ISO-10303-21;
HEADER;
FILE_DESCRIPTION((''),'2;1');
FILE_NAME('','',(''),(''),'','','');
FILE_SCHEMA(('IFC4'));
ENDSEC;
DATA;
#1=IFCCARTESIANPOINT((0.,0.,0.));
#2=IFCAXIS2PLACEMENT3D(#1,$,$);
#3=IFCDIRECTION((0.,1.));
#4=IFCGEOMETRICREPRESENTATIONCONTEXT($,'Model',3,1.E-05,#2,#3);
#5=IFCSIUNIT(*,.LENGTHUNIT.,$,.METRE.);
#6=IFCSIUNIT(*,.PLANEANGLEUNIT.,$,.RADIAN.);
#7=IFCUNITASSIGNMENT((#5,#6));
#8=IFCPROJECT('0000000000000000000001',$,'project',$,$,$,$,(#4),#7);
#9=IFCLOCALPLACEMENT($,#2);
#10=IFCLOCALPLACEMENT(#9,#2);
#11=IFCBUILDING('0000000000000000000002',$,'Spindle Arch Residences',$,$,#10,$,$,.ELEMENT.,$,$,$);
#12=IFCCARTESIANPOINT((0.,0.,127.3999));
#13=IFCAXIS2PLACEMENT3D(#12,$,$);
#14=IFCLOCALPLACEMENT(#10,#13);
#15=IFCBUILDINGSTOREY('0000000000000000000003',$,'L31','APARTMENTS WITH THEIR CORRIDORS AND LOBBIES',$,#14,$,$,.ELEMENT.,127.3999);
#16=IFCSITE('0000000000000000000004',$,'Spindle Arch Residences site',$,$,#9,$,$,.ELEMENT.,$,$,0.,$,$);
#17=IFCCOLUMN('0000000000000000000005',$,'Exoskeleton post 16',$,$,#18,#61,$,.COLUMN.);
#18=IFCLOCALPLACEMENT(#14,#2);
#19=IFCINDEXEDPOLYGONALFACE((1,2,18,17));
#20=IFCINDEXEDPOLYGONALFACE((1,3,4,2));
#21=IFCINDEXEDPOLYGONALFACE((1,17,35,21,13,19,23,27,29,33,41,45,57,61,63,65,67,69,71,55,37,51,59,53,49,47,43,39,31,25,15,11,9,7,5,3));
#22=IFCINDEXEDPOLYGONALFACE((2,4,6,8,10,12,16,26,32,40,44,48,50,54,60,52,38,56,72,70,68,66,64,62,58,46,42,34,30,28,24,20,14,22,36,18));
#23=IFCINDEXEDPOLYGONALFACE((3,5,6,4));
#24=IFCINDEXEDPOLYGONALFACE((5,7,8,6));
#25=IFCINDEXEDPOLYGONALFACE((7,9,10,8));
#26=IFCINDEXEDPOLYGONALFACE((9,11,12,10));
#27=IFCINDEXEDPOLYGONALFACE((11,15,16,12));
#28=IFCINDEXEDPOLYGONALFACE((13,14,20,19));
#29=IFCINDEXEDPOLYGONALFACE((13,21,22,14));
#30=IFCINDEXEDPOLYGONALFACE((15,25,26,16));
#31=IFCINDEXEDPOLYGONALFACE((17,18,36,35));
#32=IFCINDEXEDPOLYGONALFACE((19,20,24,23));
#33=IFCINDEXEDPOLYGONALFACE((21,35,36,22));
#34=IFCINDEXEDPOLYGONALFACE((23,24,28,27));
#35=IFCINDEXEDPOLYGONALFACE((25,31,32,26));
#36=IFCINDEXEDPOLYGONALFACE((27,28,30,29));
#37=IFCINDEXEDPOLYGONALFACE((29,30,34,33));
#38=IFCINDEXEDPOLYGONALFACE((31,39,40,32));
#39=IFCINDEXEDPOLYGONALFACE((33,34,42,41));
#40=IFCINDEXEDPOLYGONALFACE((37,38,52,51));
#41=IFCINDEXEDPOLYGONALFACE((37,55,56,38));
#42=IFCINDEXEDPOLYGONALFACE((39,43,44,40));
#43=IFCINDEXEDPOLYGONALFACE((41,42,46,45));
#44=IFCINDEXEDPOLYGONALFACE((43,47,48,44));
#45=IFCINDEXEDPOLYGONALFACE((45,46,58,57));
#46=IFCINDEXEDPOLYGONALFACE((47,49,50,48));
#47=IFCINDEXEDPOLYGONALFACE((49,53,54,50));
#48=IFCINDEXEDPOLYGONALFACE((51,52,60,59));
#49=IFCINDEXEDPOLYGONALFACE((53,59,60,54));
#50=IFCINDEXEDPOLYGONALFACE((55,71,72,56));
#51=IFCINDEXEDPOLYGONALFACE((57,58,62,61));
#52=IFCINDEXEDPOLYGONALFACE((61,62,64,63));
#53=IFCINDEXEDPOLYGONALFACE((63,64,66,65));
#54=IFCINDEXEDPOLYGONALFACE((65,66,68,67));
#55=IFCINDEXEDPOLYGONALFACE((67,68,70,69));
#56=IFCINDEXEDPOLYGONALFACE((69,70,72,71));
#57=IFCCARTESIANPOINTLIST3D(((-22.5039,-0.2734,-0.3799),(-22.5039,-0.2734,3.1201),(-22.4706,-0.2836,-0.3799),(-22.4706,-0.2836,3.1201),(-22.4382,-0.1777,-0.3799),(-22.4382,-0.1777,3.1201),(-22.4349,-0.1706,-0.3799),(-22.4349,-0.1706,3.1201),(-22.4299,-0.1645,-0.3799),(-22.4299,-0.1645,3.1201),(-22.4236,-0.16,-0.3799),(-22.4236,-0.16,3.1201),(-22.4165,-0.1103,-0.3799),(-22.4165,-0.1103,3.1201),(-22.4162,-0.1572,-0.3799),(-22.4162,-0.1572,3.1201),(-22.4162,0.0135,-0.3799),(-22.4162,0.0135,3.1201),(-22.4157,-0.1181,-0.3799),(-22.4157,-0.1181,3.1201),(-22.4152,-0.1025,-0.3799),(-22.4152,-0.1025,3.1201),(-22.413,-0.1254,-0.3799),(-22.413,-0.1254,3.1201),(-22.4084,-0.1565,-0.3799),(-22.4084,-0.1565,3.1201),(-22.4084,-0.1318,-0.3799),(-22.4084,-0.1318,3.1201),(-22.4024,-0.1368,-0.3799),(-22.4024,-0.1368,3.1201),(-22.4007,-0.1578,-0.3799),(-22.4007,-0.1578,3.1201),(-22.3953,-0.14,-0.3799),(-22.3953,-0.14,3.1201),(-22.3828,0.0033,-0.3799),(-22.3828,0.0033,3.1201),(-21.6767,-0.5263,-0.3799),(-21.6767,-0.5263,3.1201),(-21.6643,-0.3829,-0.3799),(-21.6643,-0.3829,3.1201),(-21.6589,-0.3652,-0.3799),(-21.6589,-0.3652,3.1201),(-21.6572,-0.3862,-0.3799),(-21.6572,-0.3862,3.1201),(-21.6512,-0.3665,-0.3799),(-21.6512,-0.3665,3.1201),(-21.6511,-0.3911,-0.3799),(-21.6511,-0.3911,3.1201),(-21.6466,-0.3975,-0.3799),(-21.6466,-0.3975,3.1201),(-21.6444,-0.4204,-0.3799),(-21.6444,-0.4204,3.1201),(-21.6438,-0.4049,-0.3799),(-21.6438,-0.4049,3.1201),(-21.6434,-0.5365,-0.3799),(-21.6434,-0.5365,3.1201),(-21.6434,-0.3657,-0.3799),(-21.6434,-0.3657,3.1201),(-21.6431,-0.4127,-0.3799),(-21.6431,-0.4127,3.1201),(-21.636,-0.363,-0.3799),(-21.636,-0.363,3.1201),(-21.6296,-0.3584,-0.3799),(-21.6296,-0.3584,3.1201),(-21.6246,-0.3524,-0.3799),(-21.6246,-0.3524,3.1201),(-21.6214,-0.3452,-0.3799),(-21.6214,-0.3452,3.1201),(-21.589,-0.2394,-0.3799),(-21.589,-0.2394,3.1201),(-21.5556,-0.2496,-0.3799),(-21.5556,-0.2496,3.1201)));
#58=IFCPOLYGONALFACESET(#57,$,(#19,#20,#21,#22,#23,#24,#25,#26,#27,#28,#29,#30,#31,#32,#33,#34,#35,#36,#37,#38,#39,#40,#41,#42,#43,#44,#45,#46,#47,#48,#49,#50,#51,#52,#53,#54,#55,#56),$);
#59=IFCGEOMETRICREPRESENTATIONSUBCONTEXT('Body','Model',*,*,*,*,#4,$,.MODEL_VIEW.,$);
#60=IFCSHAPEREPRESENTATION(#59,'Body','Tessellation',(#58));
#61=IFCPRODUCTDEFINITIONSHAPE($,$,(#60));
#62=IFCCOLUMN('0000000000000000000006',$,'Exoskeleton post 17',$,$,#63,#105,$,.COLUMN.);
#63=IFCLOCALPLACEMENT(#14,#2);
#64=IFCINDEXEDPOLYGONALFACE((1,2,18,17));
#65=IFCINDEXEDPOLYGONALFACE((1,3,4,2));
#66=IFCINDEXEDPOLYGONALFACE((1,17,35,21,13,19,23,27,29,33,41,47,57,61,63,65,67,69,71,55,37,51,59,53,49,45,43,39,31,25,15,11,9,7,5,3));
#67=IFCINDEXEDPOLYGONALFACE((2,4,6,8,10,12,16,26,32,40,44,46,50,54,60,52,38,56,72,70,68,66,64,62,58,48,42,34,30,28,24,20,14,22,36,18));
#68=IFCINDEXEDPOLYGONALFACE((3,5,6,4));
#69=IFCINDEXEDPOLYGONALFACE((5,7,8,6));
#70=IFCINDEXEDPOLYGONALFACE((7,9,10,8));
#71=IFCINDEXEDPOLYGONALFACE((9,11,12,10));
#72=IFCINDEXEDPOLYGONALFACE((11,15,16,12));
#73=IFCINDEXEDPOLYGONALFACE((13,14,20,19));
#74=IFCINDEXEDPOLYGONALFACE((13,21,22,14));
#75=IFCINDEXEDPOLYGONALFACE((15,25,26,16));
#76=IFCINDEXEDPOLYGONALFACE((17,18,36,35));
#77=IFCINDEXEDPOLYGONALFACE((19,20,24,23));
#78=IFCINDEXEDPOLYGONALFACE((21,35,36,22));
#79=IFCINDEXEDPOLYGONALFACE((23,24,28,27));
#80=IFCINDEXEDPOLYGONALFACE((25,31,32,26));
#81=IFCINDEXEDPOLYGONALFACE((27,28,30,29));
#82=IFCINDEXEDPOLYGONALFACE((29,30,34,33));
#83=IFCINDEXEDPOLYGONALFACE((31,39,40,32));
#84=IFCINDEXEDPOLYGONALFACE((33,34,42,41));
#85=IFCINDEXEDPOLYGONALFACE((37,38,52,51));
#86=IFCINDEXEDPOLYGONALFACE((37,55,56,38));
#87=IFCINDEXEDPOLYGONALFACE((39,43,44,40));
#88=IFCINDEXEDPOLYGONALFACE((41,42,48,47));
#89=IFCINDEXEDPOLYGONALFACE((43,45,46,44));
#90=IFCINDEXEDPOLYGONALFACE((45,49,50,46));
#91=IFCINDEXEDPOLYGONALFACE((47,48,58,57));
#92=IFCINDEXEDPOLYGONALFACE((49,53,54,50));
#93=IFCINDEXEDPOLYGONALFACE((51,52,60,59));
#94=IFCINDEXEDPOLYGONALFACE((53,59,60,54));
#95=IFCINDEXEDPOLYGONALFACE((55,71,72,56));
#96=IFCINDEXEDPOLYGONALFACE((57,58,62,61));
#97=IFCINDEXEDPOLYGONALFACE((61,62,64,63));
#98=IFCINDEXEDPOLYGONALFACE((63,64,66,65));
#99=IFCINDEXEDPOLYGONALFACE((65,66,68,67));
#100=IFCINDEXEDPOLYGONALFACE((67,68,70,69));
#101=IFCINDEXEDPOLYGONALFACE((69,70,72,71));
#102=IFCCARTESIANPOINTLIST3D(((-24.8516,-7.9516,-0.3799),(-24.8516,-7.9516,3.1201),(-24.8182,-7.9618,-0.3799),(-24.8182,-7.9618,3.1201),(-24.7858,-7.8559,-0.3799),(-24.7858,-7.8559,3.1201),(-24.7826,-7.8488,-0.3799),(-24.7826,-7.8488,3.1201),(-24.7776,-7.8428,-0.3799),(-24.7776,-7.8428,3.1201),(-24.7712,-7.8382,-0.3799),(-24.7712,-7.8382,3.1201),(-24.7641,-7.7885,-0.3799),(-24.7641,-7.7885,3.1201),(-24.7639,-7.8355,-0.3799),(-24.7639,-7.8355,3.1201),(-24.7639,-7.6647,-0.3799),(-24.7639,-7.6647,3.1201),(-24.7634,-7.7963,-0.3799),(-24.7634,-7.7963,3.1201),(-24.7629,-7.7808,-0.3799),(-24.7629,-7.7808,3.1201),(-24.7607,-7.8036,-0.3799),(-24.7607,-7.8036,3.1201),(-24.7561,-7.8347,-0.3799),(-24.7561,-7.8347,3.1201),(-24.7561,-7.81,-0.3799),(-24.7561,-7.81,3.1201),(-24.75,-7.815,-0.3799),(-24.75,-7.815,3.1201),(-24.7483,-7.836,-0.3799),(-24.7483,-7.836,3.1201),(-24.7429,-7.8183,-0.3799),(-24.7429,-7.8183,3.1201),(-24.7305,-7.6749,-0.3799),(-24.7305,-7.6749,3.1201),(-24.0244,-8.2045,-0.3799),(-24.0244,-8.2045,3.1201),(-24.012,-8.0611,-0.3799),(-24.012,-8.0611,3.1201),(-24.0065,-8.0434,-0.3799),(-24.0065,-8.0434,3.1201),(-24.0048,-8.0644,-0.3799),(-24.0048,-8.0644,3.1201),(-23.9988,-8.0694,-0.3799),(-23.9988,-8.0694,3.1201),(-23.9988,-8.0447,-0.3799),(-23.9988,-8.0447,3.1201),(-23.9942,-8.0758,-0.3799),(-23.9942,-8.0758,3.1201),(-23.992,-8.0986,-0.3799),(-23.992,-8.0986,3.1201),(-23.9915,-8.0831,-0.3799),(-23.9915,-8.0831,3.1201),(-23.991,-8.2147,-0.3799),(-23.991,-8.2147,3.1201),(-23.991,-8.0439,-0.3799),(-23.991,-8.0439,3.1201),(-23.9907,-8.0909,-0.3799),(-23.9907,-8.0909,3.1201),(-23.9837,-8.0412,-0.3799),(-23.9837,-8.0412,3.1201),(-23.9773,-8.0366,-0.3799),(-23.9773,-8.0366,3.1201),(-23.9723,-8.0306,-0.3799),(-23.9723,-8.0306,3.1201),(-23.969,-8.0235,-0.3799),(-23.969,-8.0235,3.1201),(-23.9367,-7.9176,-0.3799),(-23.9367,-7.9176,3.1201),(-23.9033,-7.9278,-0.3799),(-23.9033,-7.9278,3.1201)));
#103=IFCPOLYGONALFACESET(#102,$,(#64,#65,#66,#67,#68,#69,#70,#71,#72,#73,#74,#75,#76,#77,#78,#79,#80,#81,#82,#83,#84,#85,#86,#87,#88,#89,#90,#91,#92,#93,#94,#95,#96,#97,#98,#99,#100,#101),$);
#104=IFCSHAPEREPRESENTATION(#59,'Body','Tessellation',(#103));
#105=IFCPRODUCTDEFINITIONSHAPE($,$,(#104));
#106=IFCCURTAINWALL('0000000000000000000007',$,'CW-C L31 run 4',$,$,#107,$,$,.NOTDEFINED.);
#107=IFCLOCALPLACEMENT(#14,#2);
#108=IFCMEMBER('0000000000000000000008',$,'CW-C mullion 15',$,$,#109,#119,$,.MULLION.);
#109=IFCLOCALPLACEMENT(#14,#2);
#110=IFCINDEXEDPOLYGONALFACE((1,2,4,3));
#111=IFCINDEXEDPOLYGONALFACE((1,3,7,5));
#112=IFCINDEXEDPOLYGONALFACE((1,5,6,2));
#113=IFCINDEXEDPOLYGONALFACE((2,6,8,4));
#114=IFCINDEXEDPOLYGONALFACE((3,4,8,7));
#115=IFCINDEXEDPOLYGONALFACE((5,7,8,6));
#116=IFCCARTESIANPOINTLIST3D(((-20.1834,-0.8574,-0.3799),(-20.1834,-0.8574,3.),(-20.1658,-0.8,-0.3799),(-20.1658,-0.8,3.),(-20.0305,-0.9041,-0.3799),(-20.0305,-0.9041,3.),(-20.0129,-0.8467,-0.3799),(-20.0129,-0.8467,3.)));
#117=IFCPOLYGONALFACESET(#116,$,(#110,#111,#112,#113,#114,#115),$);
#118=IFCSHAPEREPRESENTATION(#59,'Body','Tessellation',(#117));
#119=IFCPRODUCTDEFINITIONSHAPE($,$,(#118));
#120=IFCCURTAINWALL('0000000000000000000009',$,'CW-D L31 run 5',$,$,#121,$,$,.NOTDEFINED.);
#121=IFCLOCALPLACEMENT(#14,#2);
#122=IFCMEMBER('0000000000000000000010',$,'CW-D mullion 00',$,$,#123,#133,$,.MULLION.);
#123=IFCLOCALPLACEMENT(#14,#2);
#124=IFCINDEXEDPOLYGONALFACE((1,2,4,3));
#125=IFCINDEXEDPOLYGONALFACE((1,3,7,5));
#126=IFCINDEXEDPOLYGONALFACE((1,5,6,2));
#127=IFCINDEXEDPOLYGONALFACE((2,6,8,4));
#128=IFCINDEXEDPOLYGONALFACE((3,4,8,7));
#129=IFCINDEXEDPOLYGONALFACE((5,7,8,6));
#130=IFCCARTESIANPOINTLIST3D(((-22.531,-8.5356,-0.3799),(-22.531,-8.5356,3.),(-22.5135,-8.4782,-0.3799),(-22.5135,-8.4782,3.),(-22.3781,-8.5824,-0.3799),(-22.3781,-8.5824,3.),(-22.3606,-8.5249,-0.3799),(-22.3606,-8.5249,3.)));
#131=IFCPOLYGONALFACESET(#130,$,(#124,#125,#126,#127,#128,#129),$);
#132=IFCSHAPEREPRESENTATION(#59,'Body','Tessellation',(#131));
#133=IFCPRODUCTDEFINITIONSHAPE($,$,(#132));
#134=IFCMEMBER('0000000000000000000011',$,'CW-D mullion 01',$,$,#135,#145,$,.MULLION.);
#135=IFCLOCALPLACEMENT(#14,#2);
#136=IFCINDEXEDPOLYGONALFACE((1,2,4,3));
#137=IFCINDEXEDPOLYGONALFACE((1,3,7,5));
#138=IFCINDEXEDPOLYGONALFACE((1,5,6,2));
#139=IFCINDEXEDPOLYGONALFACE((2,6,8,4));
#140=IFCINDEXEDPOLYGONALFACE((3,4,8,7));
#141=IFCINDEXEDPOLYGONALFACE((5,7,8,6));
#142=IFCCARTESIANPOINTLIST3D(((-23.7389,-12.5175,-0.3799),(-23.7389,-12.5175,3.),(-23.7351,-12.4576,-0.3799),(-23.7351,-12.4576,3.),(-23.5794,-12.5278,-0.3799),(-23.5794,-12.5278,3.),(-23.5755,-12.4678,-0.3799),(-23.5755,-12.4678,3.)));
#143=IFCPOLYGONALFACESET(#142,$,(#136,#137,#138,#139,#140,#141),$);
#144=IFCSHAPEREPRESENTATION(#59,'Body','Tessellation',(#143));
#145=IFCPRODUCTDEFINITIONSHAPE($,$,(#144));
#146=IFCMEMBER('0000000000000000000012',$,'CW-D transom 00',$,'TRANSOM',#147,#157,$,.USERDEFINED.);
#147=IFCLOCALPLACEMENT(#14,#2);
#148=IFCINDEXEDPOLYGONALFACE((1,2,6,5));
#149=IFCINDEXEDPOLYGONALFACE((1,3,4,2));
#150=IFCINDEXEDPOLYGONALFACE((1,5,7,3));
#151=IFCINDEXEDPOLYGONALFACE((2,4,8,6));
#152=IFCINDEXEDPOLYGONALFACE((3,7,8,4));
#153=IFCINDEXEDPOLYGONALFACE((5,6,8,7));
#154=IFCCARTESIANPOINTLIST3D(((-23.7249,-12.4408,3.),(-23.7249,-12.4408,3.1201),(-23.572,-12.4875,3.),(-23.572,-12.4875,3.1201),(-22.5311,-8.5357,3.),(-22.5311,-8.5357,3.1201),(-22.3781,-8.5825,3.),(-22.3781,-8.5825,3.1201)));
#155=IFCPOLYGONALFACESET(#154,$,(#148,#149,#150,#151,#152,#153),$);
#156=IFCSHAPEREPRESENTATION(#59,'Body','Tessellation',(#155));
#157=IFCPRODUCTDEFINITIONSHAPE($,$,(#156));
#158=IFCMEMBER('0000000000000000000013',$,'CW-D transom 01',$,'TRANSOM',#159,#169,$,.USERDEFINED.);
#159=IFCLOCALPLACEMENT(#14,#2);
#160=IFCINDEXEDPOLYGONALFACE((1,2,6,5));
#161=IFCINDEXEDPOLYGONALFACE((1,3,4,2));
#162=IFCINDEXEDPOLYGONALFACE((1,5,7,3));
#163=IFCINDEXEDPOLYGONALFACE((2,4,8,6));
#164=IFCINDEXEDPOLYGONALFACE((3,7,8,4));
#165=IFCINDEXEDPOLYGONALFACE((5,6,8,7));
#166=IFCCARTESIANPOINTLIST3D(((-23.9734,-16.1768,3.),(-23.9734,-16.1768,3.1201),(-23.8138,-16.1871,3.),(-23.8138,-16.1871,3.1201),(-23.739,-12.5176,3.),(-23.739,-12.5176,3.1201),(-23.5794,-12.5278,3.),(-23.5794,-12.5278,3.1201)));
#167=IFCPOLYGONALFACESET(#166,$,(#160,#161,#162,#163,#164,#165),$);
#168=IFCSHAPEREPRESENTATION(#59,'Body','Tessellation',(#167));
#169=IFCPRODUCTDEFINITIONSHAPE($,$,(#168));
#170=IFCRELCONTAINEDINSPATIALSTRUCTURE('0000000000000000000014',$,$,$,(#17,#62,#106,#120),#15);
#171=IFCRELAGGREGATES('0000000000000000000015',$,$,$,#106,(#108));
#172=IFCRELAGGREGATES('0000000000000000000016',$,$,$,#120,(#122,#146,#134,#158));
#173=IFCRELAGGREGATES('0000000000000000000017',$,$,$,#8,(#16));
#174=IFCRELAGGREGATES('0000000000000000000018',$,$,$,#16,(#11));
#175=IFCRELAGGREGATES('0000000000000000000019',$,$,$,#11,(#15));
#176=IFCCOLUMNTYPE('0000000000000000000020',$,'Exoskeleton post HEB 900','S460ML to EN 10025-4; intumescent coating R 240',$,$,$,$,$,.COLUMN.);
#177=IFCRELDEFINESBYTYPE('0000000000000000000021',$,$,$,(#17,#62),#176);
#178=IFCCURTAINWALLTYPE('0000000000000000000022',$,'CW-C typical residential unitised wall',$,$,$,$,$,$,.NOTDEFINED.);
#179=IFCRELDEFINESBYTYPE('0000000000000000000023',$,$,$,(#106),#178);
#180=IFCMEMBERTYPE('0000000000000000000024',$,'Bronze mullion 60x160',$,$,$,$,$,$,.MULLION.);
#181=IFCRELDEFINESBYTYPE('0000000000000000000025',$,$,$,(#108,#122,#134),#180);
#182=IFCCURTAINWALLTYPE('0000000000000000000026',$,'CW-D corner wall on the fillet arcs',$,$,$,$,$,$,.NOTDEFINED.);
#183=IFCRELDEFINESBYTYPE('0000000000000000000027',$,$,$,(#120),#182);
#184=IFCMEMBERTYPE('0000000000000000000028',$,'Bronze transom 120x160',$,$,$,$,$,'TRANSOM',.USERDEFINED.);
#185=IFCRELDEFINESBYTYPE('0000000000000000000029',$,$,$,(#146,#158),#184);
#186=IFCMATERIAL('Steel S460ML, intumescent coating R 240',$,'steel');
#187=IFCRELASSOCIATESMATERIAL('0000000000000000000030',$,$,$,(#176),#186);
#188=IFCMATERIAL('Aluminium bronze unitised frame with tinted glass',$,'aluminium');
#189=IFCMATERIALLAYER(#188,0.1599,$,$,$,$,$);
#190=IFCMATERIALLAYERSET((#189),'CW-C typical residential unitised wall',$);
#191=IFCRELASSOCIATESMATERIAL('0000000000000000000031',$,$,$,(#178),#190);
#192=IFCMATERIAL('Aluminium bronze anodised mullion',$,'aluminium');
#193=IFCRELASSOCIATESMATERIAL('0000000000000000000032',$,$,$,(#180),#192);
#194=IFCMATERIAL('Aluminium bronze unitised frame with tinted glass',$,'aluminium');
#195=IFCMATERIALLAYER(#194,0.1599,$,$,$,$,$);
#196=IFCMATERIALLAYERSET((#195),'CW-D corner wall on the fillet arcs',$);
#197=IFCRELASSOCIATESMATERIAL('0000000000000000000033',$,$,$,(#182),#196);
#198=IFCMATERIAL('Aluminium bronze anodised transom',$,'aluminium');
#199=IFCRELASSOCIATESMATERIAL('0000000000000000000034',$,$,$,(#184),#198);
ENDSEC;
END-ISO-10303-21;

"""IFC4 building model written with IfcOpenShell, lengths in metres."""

from ifc_helpers import new_model, si_unit, direction, frame, origin, origin_2d, place, context, subcontext, project, spatial, rectangle, i_section, extrude, material, layer, layer_set, material_profile, profile_set, type_object, element, aggregate, save


model = new_model("IFC4")

# Units and contexts
model_context = context("Model", 3, precision=1e-05, world=origin(), true_north=direction((0.0, 1.0)))
body_context = subcontext(model_context, "Body", "Model", "MODEL_VIEW")
ifc_project = project(units=[si_unit("LENGTHUNIT", "METRE"), si_unit("PLANEANGLEUNIT", "RADIAN")], contexts=[model_context])

# Site, building, storey
site_placement = place(None, origin())
site = spatial("IfcSite", under=ifc_project, at=site_placement, Name="Spindle Arch Residences site", CompositionType="ELEMENT", RefElevation=0.0)
building_placement = place(site_placement, origin())
building = spatial("IfcBuilding", under=site, at=building_placement, Name="Spindle Arch Residences", CompositionType="ELEMENT")
storey_placement = place(building_placement, frame((0.0, 0.0, 127.3999)))
storey = spatial("IfcBuildingStorey", under=building, at=storey_placement, Name="L31", Description="APARTMENTS WITH THEIR CORRIDORS AND LOBBIES", CompositionType="ELEMENT", Elevation=127.3999)

# Columns
ifc_material_1 = material(Name="Steel S460ML, intumescent coating R 240", Category="steel")
ifc_material_profile_1 = material_profile(ifc_material_1, i_section(OverallWidth=0.3, OverallDepth=0.8999, WebThickness=0.0186, FlangeThickness=0.0349, FilletRadius=0.03, at=origin_2d()), Name="HEB 900")
ifc_profile_set_1 = profile_set([ifc_material_profile_1], Name="Steel S460ML, intumescent coating R 240")
column_type = type_object("IfcColumnType", Name="Exoskeleton post HEB 900", Description="S460ML to EN 10025-4; intumescent coating R 240", PredefinedType="COLUMN", material=ifc_profile_set_1)
for number, where, z_axis, x_axis, name in (
    (1, (-22.0298, -0.2615, -0.3799), (0.0, 0.0, 1.0), (0.292372, 0.956305, 0.0), "Exoskeleton post 16"),
    (2, (-24.3774, -7.9397, -0.3799), (0.0, 0.0, 1.0), (0.292372, 0.956305, 0.0), "Exoskeleton post 17"),
):
    element("IfcColumn", number, at=place(storey_placement, frame(where, z_axis=z_axis, x_axis=x_axis)), inside=storey, type_object=column_type, Name=name, PredefinedType="COLUMN", context=body_context, shape_type="SweptSolid", body=[
        extrude(i_section(OverallWidth=0.3, OverallDepth=0.8999, WebThickness=0.0186, FlangeThickness=0.0349, FilletRadius=0.03, at=origin_2d()), origin(), (0.0, 0.0, 1.0), 3.5),
    ])

# Curtain wall, member
ifc_material_2 = material(Name="Aluminium bronze unitised frame with tinted glass", Category="aluminium")
ifc_layer_1 = layer(ifc_material_2, 0.1599)
ifc_layer_set_1 = layer_set([ifc_layer_1], Name="CW-C typical residential unitised wall")
curtain_wall_type_1 = type_object("IfcCurtainWallType", Name="CW-C typical residential unitised wall", PredefinedType="NOTDEFINED", material=ifc_layer_set_1)
curtain_wall_1_placement = place(storey_placement, origin())
curtain_wall_1 = element("IfcCurtainWall", 3, at=curtain_wall_1_placement, inside=storey, type_object=curtain_wall_type_1, Name="CW-C L31 run 4", PredefinedType="NOTDEFINED")
ifc_material_3 = material(Name="Aluminium bronze anodised mullion", Category="aluminium")
ifc_material_profile_2 = material_profile(ifc_material_3, rectangle(XDim=0.1599, YDim=0.0601, at=origin_2d()), Name="MU 60x160")
ifc_profile_set_2 = profile_set([ifc_material_profile_2], Name="Aluminium bronze anodised mullion")
member_type_1 = type_object("IfcMemberType", Name="Bronze mullion 60x160", PredefinedType="MULLION", material=ifc_profile_set_2)
member_1_placement = place(storey_placement, frame((-20.0981, -0.8521, -0.3799), z_axis=(0.0, 0.0, 1.0), x_axis=(0.956305, -0.292372, 0.0)))
member_1 = element("IfcMember", 4, at=member_1_placement, type_object=member_type_1, Name="CW-C mullion 15", PredefinedType="MULLION", context=body_context, shape_type="SweptSolid", body=[
    extrude(rectangle(XDim=0.1599, YDim=0.0601, at=origin_2d()), origin(), (0.0, 0.0, 1.0), 3.3799),
])

# Curtain wall, members
ifc_material_4 = material(Name="Aluminium bronze unitised frame with tinted glass", Category="aluminium")
ifc_layer_2 = layer(ifc_material_4, 0.1599)
ifc_layer_set_2 = layer_set([ifc_layer_2], Name="CW-D corner wall on the fillet arcs")
curtain_wall_type_2 = type_object("IfcCurtainWallType", Name="CW-D corner wall on the fillet arcs", PredefinedType="NOTDEFINED", material=ifc_layer_set_2)
curtain_wall_2_placement = place(storey_placement, origin())
curtain_wall_2 = element("IfcCurtainWall", 5, at=curtain_wall_2_placement, inside=storey, type_object=curtain_wall_type_2, Name="CW-D L31 run 5", PredefinedType="NOTDEFINED")
member_2_placement = place(storey_placement, frame((-22.4458, -8.5303, -0.3799), z_axis=(0.0, 0.0, 1.0), x_axis=(0.956305, -0.292372, 0.0)))
member_2 = element("IfcMember", 6, at=member_2_placement, type_object=member_type_1, Name="CW-D mullion 00", PredefinedType="MULLION", context=body_context, shape_type="SweptSolid", body=[
    extrude(rectangle(XDim=0.1599, YDim=0.0601, at=origin_2d()), origin(), (0.0, 0.0, 1.0), 3.3799),
])
member_3_placement = place(storey_placement, frame((-23.6572, -12.4927, -0.3799), z_axis=(0.0, 0.0, 1.0), x_axis=(0.997953, -0.063952, 0.0)))
member_3 = element("IfcMember", 7, at=member_3_placement, type_object=member_type_1, Name="CW-D mullion 01", PredefinedType="MULLION", context=body_context, shape_type="SweptSolid", body=[
    extrude(rectangle(XDim=0.1599, YDim=0.0601, at=origin_2d()), origin(), (0.0, 0.0, 1.0), 3.3799),
])
ifc_material_5 = material(Name="Aluminium bronze anodised transom", Category="aluminium")
ifc_material_profile_3 = material_profile(ifc_material_5, rectangle(XDim=0.1599, YDim=0.1201, at=origin_2d()), Name="TR 120x160")
ifc_profile_set_3 = profile_set([ifc_material_profile_3], Name="Aluminium bronze anodised transom")
member_type_2 = type_object("IfcMemberType", Name="Bronze transom 120x160", ElementType="TRANSOM", PredefinedType="USERDEFINED", material=ifc_profile_set_3)
member_4_placement = place(storey_placement, frame((-22.4546, -8.5591, 3.0601), z_axis=(-0.292363, -0.956307, 0.0), x_axis=(0.956307, -0.292363, 0.0)))
member_4 = element("IfcMember", 8, at=member_4_placement, type_object=member_type_2, Name="CW-D transom 00", ObjectType="TRANSOM", PredefinedType="USERDEFINED", context=body_context, shape_type="SweptSolid", body=[
    extrude(rectangle(XDim=0.1599, YDim=0.1201, at=origin_2d()), origin(), (0.0, 0.0, 1.0), 4.0835),
])
member_5_placement = place(storey_placement, frame((-23.6592, -12.5227, 3.0601), z_axis=(-0.06392, -0.997955, 0.0), x_axis=(0.997955, -0.06392, 0.0)))
member_5 = element("IfcMember", 9, at=member_5_placement, type_object=member_type_2, Name="CW-D transom 01", ObjectType="TRANSOM", PredefinedType="USERDEFINED", context=body_context, shape_type="SweptSolid", body=[
    extrude(rectangle(XDim=0.1599, YDim=0.1201, at=origin_2d()), origin(), (0.0, 0.0, 1.0), 3.6667),
])

aggregate(curtain_wall_1, [member_1])
aggregate(curtain_wall_2, [member_2, member_4, member_3, member_5])

save(model, "model.ifc")
